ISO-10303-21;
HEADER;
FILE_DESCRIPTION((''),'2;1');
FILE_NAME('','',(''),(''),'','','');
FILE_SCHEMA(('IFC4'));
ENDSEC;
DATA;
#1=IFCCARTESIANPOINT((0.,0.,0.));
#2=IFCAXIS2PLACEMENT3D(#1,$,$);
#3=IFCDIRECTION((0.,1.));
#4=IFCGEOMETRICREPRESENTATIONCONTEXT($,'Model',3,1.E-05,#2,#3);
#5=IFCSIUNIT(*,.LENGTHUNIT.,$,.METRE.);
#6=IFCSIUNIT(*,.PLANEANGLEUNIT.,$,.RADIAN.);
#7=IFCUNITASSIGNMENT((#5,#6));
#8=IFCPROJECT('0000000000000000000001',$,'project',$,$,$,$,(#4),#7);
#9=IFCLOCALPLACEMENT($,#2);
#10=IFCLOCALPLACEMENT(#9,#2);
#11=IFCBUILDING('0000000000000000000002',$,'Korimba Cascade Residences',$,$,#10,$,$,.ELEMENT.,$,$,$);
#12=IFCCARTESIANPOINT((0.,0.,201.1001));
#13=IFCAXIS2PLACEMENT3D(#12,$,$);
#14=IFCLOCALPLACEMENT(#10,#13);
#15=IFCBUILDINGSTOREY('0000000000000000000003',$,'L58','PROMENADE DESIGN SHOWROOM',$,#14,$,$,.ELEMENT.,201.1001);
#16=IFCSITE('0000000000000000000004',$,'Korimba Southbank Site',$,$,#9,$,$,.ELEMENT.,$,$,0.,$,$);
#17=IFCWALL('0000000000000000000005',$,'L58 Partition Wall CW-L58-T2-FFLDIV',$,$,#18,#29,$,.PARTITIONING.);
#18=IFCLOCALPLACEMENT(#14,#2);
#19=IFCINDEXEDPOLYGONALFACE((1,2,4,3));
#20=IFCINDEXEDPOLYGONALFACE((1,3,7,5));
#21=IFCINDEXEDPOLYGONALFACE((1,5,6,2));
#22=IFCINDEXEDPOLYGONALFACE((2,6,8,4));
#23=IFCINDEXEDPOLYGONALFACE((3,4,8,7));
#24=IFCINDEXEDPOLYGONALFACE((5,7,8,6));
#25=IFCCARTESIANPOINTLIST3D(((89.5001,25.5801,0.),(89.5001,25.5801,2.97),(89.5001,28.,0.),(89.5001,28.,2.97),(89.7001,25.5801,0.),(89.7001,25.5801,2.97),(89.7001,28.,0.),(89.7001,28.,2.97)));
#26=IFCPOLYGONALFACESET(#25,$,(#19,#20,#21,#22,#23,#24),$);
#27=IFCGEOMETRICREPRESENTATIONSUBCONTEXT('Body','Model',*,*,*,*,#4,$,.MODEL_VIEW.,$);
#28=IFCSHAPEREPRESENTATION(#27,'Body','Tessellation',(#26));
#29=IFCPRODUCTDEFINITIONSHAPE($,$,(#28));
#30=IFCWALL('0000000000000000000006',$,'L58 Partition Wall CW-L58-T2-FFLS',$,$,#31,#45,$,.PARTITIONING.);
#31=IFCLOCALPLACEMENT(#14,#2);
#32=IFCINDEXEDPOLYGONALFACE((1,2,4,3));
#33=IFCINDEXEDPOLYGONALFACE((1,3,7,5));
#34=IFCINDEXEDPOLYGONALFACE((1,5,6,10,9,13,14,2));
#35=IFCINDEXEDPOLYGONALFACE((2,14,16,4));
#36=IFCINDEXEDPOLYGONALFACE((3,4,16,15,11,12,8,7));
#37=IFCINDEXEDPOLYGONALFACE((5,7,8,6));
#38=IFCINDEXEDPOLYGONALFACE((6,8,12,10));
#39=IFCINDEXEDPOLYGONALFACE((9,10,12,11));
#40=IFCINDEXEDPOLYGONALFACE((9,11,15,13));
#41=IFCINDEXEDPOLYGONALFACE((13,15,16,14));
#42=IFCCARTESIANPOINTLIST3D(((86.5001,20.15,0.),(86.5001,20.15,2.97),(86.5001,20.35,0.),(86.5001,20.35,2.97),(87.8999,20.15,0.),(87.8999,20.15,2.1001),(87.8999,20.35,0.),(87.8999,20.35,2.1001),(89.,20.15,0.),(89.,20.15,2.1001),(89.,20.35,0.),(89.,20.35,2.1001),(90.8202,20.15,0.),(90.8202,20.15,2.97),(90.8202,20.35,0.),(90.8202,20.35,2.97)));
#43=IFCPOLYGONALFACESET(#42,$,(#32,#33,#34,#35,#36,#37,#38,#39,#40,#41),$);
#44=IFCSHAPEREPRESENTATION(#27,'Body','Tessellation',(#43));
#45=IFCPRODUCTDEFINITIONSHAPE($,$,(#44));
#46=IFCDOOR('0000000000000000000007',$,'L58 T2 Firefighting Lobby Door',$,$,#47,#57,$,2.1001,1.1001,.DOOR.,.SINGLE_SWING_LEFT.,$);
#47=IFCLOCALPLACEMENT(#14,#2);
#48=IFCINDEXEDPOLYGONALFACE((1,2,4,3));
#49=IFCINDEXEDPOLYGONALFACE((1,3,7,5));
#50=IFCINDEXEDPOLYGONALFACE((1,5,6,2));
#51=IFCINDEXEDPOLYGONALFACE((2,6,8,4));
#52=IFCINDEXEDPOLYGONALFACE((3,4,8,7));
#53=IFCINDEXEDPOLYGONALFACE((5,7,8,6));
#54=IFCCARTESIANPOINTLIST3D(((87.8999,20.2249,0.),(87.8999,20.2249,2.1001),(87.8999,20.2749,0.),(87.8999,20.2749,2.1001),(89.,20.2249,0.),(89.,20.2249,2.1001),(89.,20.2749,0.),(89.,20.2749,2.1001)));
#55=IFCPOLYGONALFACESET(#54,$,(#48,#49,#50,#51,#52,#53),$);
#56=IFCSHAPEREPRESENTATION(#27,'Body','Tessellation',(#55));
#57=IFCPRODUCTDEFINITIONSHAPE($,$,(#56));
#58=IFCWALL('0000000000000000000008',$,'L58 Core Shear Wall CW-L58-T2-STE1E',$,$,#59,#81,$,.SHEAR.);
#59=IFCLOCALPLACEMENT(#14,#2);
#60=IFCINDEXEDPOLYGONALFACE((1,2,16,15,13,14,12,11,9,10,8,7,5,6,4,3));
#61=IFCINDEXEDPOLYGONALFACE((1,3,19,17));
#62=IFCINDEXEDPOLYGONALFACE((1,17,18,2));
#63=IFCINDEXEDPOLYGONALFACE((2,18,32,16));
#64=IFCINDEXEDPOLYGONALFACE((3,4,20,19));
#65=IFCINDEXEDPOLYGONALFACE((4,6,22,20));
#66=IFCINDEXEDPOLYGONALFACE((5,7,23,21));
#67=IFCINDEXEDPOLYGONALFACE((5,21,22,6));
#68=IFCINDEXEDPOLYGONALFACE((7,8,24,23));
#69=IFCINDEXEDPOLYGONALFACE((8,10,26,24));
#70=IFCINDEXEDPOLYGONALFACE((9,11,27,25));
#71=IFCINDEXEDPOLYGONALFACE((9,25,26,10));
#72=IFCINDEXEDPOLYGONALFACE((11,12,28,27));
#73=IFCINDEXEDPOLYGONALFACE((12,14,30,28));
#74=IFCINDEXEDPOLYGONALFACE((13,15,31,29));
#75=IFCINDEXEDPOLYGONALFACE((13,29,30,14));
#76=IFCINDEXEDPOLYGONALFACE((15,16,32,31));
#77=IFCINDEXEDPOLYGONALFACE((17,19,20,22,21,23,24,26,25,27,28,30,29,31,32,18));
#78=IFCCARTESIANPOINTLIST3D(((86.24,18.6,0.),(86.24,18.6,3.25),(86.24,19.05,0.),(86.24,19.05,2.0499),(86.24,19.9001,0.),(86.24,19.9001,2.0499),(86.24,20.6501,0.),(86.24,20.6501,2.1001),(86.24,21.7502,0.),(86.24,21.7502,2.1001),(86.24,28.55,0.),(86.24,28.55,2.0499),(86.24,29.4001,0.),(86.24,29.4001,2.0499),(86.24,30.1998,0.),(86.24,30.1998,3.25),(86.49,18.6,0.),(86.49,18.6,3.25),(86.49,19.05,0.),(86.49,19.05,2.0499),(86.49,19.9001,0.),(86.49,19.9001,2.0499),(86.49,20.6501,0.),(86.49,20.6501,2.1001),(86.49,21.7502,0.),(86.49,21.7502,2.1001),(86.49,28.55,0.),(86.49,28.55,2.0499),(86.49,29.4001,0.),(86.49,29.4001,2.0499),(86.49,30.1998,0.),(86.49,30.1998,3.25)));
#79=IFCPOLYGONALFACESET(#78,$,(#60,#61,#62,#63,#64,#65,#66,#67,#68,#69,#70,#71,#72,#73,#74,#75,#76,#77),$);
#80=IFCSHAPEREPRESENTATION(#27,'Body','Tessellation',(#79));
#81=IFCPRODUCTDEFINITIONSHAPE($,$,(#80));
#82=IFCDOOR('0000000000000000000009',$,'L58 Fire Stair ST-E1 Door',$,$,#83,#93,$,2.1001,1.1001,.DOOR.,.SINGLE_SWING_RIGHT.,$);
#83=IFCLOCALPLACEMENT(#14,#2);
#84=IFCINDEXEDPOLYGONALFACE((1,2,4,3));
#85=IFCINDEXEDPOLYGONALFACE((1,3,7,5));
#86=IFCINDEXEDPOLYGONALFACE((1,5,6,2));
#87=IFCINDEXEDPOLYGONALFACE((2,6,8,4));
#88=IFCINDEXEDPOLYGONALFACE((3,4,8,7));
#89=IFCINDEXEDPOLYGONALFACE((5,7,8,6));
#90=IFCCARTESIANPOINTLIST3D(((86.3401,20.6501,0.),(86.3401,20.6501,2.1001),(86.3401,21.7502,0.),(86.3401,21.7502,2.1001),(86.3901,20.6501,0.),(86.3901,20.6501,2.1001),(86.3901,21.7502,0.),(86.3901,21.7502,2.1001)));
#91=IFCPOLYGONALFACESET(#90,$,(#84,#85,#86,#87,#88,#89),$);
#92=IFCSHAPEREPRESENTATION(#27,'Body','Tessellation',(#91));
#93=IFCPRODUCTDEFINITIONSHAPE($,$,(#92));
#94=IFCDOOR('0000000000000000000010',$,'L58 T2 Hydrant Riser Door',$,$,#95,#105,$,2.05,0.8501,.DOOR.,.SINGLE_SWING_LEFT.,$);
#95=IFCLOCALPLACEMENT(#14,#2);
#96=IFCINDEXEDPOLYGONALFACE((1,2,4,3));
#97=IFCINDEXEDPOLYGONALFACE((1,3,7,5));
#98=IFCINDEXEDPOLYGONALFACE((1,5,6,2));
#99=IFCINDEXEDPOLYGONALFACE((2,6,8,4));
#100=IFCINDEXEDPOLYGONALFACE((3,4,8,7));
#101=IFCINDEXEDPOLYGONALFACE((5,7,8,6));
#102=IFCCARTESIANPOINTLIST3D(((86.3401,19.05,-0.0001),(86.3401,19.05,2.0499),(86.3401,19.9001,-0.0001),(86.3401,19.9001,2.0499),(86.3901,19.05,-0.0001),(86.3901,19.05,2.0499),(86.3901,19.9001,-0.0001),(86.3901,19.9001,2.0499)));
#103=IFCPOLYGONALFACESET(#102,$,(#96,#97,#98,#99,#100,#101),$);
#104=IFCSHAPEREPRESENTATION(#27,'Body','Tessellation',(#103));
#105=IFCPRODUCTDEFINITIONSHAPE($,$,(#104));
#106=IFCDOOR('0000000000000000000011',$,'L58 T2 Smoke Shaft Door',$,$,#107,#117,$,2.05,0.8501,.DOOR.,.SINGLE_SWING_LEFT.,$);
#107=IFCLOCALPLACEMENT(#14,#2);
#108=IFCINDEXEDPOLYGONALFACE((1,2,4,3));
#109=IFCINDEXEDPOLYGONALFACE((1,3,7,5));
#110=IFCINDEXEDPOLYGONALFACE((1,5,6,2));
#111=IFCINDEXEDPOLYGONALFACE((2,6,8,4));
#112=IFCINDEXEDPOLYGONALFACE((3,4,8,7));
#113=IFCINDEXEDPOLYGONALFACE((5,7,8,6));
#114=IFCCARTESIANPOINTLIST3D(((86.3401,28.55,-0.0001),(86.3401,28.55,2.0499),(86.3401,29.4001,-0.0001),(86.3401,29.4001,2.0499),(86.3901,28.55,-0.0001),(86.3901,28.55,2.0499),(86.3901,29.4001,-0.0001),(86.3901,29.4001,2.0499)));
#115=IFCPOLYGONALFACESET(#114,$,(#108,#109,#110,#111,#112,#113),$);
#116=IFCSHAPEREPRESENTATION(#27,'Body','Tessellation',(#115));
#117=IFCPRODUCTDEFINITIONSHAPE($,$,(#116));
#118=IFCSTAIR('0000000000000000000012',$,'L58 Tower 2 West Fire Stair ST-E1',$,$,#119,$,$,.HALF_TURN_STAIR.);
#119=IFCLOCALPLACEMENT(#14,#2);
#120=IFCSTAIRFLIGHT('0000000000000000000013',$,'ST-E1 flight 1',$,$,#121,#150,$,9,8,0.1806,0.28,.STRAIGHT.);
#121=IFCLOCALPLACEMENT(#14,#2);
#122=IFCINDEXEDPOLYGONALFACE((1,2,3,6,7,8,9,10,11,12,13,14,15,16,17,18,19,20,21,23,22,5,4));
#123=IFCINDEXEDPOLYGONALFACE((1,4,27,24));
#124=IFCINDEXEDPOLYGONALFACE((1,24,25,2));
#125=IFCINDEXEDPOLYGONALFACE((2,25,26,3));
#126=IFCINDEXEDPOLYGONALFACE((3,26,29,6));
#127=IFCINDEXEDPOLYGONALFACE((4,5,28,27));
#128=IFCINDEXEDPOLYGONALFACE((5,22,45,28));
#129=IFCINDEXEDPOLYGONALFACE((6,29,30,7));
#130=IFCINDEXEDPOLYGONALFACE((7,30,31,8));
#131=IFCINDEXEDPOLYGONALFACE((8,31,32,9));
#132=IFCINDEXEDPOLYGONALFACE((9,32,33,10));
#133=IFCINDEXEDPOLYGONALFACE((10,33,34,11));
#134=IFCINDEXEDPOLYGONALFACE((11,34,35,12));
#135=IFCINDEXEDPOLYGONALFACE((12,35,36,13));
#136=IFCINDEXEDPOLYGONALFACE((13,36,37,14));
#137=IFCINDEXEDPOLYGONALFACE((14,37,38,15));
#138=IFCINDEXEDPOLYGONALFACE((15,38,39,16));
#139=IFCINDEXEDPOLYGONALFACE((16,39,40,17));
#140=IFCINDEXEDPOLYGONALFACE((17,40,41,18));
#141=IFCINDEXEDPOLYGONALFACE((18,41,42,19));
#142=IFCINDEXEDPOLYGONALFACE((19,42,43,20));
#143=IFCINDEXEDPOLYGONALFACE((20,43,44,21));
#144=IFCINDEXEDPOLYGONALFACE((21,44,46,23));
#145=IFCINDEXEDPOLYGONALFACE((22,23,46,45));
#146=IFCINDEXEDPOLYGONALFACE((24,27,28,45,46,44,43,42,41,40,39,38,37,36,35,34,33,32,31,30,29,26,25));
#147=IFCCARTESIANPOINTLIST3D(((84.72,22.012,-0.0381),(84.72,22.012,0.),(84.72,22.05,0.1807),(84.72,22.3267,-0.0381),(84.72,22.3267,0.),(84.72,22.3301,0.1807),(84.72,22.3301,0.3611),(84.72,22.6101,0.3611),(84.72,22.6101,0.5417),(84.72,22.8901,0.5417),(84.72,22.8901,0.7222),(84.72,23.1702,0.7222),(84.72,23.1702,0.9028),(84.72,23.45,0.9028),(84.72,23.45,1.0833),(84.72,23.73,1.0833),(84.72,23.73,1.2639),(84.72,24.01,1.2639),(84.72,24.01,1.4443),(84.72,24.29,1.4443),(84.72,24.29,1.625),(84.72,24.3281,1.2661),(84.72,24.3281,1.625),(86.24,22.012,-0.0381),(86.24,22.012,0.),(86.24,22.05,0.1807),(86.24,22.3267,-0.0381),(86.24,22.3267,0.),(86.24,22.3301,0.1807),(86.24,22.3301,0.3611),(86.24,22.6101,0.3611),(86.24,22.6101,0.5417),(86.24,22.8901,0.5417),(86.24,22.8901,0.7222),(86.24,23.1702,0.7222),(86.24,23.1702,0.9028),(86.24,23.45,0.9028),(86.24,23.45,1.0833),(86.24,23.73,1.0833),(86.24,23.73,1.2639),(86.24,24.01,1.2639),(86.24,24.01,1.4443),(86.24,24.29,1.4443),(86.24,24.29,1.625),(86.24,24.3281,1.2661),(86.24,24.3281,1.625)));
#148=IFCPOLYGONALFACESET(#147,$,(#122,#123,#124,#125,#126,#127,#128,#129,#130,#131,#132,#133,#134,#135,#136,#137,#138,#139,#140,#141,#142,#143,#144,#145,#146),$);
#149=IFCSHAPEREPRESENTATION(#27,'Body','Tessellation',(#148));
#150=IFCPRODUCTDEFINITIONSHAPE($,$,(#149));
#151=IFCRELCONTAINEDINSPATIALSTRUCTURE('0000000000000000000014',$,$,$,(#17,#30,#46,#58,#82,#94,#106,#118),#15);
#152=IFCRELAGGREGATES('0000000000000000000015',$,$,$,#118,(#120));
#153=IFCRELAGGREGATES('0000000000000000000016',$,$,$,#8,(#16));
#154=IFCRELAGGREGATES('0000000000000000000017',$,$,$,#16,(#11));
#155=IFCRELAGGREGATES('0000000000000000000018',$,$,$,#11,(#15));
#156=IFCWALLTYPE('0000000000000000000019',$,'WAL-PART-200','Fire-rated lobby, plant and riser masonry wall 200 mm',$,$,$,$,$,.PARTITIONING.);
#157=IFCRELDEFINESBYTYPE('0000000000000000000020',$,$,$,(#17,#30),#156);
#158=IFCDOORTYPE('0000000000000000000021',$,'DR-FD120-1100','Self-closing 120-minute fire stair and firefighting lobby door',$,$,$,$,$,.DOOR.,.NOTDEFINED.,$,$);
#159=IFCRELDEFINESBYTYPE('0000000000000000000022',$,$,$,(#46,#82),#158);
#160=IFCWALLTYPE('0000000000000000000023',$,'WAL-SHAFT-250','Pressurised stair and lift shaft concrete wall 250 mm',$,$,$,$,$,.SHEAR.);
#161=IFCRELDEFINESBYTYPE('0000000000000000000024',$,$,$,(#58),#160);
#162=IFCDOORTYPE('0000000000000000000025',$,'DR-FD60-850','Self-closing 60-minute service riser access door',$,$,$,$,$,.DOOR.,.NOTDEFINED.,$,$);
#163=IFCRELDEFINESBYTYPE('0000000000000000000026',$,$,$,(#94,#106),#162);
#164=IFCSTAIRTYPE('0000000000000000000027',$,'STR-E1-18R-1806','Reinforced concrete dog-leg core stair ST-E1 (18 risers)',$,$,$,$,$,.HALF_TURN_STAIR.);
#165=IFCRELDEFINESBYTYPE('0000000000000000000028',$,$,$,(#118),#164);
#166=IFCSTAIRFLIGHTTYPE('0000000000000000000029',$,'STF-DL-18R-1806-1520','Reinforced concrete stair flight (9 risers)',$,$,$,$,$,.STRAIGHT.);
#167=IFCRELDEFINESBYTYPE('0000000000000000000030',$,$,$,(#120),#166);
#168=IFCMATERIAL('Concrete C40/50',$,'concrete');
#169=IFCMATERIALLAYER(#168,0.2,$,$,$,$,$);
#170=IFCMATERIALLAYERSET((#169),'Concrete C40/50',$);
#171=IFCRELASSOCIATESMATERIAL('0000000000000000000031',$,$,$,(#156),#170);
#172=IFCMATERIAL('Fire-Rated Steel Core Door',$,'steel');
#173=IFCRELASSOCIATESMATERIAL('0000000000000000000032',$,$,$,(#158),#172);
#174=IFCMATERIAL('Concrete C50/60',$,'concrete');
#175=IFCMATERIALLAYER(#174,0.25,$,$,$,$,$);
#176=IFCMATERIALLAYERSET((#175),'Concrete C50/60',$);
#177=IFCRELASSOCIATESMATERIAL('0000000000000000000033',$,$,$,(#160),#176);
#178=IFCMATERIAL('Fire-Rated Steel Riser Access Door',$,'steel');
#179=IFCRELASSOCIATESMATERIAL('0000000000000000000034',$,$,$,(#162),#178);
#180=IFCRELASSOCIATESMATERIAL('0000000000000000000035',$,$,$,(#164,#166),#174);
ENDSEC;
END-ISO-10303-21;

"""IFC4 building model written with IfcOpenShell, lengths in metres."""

from ifc_helpers import new_model, si_unit, direction, frame, frame_2d, origin, place, context, subcontext, project, spatial, polyline, rectangle, outline, extrude, material, layer, layer_set, type_object, element, fill, aggregate, save


model = new_model("IFC4")

# Units and contexts
model_context = context("Model", 3, precision=1e-05, world=origin(), true_north=direction((0.0, 1.0)))
body_context = subcontext(model_context, "Body", "Model", "MODEL_VIEW")
ifc_project = project(units=[si_unit("LENGTHUNIT", "METRE"), si_unit("PLANEANGLEUNIT", "RADIAN")], contexts=[model_context])

# Site, building, storey
site_placement = place(None, origin())
site = spatial("IfcSite", under=ifc_project, at=site_placement, Name="Korimba Southbank Site", CompositionType="ELEMENT", RefElevation=0.0)
building_placement = place(site_placement, origin())
building = spatial("IfcBuilding", under=site, at=building_placement, Name="Korimba Cascade Residences", CompositionType="ELEMENT")
storey_placement = place(building_placement, frame((0.0, 0.0, 201.1001)))
storey = spatial("IfcBuildingStorey", under=building, at=storey_placement, Name="L58", Description="PROMENADE DESIGN SHOWROOM", CompositionType="ELEMENT", Elevation=201.1001)

# Wall
ifc_material_1 = material(Name="Concrete C40/50", Category="concrete")
ifc_layer_1 = layer(ifc_material_1, 0.2)
ifc_layer_set_1 = layer_set([ifc_layer_1], Name="Concrete C40/50")
wall_type_1 = type_object("IfcWallType", Name="WAL-PART-200", Description="Fire-rated lobby, plant and riser masonry wall 200 mm", PredefinedType="PARTITIONING", material=ifc_layer_set_1)
wall_1_placement = place(storey_placement, frame((89.6001, 25.5801, 0.0), z_axis=(0.0, 0.0, 1.0), x_axis=(0.0, 1.0, 0.0)))
element("IfcWall", 1, at=wall_1_placement, inside=storey, type_object=wall_type_1, Name="L58 Partition Wall CW-L58-T2-FFLDIV", PredefinedType="PARTITIONING", context=body_context, shape_type="SweptSolid", body=[
    extrude(rectangle(XDim=2.4199, YDim=0.2, at=frame_2d((1.21, 0.0))), origin(), (0.0, 0.0, 1.0), 2.97),
])

# Wall, opening, door
wall_2_placement = place(storey_placement, frame((86.5, 20.25, 0.0), z_axis=(0.0, 0.0, 1.0), x_axis=(1.0, 0.0, 0.0)))
wall_2 = element("IfcWall", 2, at=wall_2_placement, inside=storey, type_object=wall_type_1, Name="L58 Partition Wall CW-L58-T2-FFLS", PredefinedType="PARTITIONING", context=body_context, shape_type="SweptSolid", body=[
    extrude(rectangle(XDim=4.3201, YDim=0.2, at=frame_2d((2.1602, 0.0))), origin(), (0.0, 0.0, 1.0), 2.97),
])
opening_1_placement = place(wall_2_placement, frame((1.3999, 0.0, 0.0)))
opening_1 = element("IfcOpeningElement", 3, at=opening_1_placement, cuts=wall_2, PredefinedType="OPENING", context=body_context, shape_type="SweptSolid", body=[
    extrude(rectangle(XDim=1.1001, YDim=2.1001, at=frame_2d((0.55, 1.05))), frame((0.0, 0.1099, 0.0), z_axis=(0.0, -1.0, 0.0), x_axis=(1.0, 0.0, 0.0)), (0.0, 0.0, 1.0), 0.22),
])
ifc_material_2 = material(Name="Fire-Rated Steel Core Door", Category="steel")
door_type_1 = type_object("IfcDoorType", Name="DR-FD120-1100", Description="Self-closing 120-minute fire stair and firefighting lobby door", OperationType="NOTDEFINED", PredefinedType="DOOR", material=ifc_material_2)
door_1_placement = place(opening_1_placement, origin())
door_1 = element("IfcDoor", 4, at=door_1_placement, inside=storey, type_object=door_type_1, Name="L58 T2 Firefighting Lobby Door", OperationType="SINGLE_SWING_LEFT", OverallHeight=2.1001, OverallWidth=1.1001, PredefinedType="DOOR", context=body_context, shape_type="SweptSolid", body=[
    extrude(rectangle(XDim=1.1001, YDim=2.1001, at=frame_2d((0.55, 1.05))), frame((0.0, 0.0249, 0.0), z_axis=(0.0, -1.0, 0.0), x_axis=(1.0, 0.0, 0.0)), (0.0, 0.0, 1.0), 0.05),
])
fill(opening_1, door_1)

# Wall, openings, doors
ifc_material_3 = material(Name="Concrete C50/60", Category="concrete")
ifc_layer_2 = layer(ifc_material_3, 0.25)
ifc_layer_set_2 = layer_set([ifc_layer_2], Name="Concrete C50/60")
wall_type_2 = type_object("IfcWallType", Name="WAL-SHAFT-250", Description="Pressurised stair and lift shaft concrete wall 250 mm", PredefinedType="SHEAR", material=ifc_layer_set_2)
wall_3_placement = place(storey_placement, frame((86.365, 18.6001, 0.0), z_axis=(0.0, 0.0, 1.0), x_axis=(0.0, 1.0, 0.0)))
wall_3 = element("IfcWall", 5, at=wall_3_placement, inside=storey, type_object=wall_type_2, Name="L58 Core Shear Wall CW-L58-T2-STE1E", PredefinedType="SHEAR", context=body_context, shape_type="SweptSolid", body=[
    extrude(rectangle(XDim=11.5999, YDim=0.25, at=frame_2d((5.7998, 0.0))), origin(), (0.0, 0.0, 1.0), 3.25),
])
opening_2_placement = place(wall_3_placement, frame((0.45, 0.0, 0.0)))
opening_2 = element("IfcOpeningElement", 6, at=opening_2_placement, cuts=wall_3, PredefinedType="OPENING", context=body_context, shape_type="SweptSolid", body=[
    extrude(rectangle(XDim=0.8501, YDim=2.05, at=frame_2d((0.425, 1.0249))), frame((0.0, 0.135, 0.0), z_axis=(0.0, -1.0, 0.0), x_axis=(1.0, 0.0, 0.0)), (0.0, 0.0, 1.0), 0.27),
])
opening_3_placement = place(wall_3_placement, frame((2.05, 0.0, 0.0)))
opening_3 = element("IfcOpeningElement", 7, at=opening_3_placement, cuts=wall_3, PredefinedType="OPENING", context=body_context, shape_type="SweptSolid", body=[
    extrude(rectangle(XDim=1.1001, YDim=2.1001, at=frame_2d((0.55, 1.05))), frame((0.0, 0.135, 0.0), z_axis=(0.0, -1.0, 0.0), x_axis=(1.0, 0.0, 0.0)), (0.0, 0.0, 1.0), 0.27),
])
opening_4_placement = place(wall_3_placement, frame((9.95, 0.0, 0.0)))
opening_4 = element("IfcOpeningElement", 8, at=opening_4_placement, cuts=wall_3, PredefinedType="OPENING", context=body_context, shape_type="SweptSolid", body=[
    extrude(rectangle(XDim=0.8501, YDim=2.05, at=frame_2d((0.425, 1.0249))), frame((0.0, 0.135, 0.0), z_axis=(0.0, -1.0, 0.0), x_axis=(1.0, 0.0, 0.0)), (0.0, 0.0, 1.0), 0.27),
])
door_2_placement = place(opening_3_placement, origin())
door_2 = element("IfcDoor", 9, at=door_2_placement, inside=storey, type_object=door_type_1, Name="L58 Fire Stair ST-E1 Door", OperationType="SINGLE_SWING_RIGHT", OverallHeight=2.1001, OverallWidth=1.1001, PredefinedType="DOOR", context=body_context, shape_type="SweptSolid", body=[
    extrude(rectangle(XDim=1.1001, YDim=2.1001, at=frame_2d((0.55, 1.05))), frame((0.0, 0.0249, 0.0), z_axis=(0.0, -1.0, 0.0), x_axis=(1.0, 0.0, 0.0)), (0.0, 0.0, 1.0), 0.05),
])
fill(opening_3, door_2)
ifc_material_4 = material(Name="Fire-Rated Steel Riser Access Door", Category="steel")
door_type_2 = type_object("IfcDoorType", Name="DR-FD60-850", Description="Self-closing 60-minute service riser access door", OperationType="NOTDEFINED", PredefinedType="DOOR", material=ifc_material_4)
door_3_placement = place(opening_2_placement, origin())
door_3 = element("IfcDoor", 10, at=door_3_placement, inside=storey, type_object=door_type_2, Name="L58 T2 Hydrant Riser Door", OperationType="SINGLE_SWING_LEFT", OverallHeight=2.05, OverallWidth=0.8501, PredefinedType="DOOR", context=body_context, shape_type="SweptSolid", body=[
    extrude(rectangle(XDim=0.8501, YDim=2.05, at=frame_2d((0.425, 1.0249))), frame((0.0, 0.0249, 0.0), z_axis=(0.0, -1.0, 0.0), x_axis=(1.0, 0.0, 0.0)), (0.0, 0.0, 1.0), 0.05),
])
fill(opening_2, door_3)
door_4_placement = place(opening_4_placement, origin())
door_4 = element("IfcDoor", 11, at=door_4_placement, inside=storey, type_object=door_type_2, Name="L58 T2 Smoke Shaft Door", OperationType="SINGLE_SWING_LEFT", OverallHeight=2.05, OverallWidth=0.8501, PredefinedType="DOOR", context=body_context, shape_type="SweptSolid", body=[
    extrude(rectangle(XDim=0.8501, YDim=2.05, at=frame_2d((0.425, 1.0249))), frame((0.0, 0.0249, 0.0), z_axis=(0.0, -1.0, 0.0), x_axis=(1.0, 0.0, 0.0)), (0.0, 0.0, 1.0), 0.05),
])
fill(opening_4, door_4)

# Stair, stair flight
stair_type = type_object("IfcStairType", Name="STR-E1-18R-1806", Description="Reinforced concrete dog-leg core stair ST-E1 (18 risers)", PredefinedType="HALF_TURN_STAIR", material=ifc_material_3)
stair_placement = place(storey_placement, origin())
stair = element("IfcStair", 12, at=stair_placement, inside=storey, type_object=stair_type, Name="L58 Tower 2 West Fire Stair ST-E1", PredefinedType="HALF_TURN_STAIR")
stair_flight_type = type_object("IfcStairFlightType", Name="STF-DL-18R-1806-1520", Description="Reinforced concrete stair flight (9 risers)", PredefinedType="STRAIGHT", material=ifc_material_3)
stair_flight_placement = place(storey_placement, frame((85.48, 22.05, 0.0), z_axis=(0.0, 0.0, 1.0), x_axis=(0.0, 1.0, 0.0)))
stair_flight = element("IfcStairFlight", 13, at=stair_flight_placement, type_object=stair_flight_type, Name="ST-E1 flight 1", NumberOfRisers=9, NumberOfTreads=8, PredefinedType="STRAIGHT", RiserHeight=0.1806, TreadLength=0.28, context=body_context, shape_type="SweptSolid", body=[
    extrude(outline(polyline([(-0.0381, 0.0), (0.0, 0.1807), (0.28, 0.1807), (0.28, 0.3611), (0.5601, 0.3611), (0.5601, 0.5417), (0.8401, 0.5417), (0.8401, 0.7222), (1.1201, 0.7222), (1.1201, 0.9028), (1.3999, 0.9028), (1.3999, 1.0833), (1.6799, 1.0833), (1.6799, 1.2639), (1.96, 1.2639), (1.96, 1.4443), (2.24, 1.4443), (2.24, 1.625), (2.2781, 1.625), (2.2781, 1.2661), (0.2766, 0.0), (0.2766, -0.0381), (-0.0381, -0.0381), (-0.0381, 0.0)])), frame((0.0, 0.76, 0.0), z_axis=(0.0, -1.0, 0.0), x_axis=(1.0, 0.0, 0.0)), (0.0, 0.0, 1.0), 1.52),
])
aggregate(stair, [stair_flight])

save(model, "model.ifc")
